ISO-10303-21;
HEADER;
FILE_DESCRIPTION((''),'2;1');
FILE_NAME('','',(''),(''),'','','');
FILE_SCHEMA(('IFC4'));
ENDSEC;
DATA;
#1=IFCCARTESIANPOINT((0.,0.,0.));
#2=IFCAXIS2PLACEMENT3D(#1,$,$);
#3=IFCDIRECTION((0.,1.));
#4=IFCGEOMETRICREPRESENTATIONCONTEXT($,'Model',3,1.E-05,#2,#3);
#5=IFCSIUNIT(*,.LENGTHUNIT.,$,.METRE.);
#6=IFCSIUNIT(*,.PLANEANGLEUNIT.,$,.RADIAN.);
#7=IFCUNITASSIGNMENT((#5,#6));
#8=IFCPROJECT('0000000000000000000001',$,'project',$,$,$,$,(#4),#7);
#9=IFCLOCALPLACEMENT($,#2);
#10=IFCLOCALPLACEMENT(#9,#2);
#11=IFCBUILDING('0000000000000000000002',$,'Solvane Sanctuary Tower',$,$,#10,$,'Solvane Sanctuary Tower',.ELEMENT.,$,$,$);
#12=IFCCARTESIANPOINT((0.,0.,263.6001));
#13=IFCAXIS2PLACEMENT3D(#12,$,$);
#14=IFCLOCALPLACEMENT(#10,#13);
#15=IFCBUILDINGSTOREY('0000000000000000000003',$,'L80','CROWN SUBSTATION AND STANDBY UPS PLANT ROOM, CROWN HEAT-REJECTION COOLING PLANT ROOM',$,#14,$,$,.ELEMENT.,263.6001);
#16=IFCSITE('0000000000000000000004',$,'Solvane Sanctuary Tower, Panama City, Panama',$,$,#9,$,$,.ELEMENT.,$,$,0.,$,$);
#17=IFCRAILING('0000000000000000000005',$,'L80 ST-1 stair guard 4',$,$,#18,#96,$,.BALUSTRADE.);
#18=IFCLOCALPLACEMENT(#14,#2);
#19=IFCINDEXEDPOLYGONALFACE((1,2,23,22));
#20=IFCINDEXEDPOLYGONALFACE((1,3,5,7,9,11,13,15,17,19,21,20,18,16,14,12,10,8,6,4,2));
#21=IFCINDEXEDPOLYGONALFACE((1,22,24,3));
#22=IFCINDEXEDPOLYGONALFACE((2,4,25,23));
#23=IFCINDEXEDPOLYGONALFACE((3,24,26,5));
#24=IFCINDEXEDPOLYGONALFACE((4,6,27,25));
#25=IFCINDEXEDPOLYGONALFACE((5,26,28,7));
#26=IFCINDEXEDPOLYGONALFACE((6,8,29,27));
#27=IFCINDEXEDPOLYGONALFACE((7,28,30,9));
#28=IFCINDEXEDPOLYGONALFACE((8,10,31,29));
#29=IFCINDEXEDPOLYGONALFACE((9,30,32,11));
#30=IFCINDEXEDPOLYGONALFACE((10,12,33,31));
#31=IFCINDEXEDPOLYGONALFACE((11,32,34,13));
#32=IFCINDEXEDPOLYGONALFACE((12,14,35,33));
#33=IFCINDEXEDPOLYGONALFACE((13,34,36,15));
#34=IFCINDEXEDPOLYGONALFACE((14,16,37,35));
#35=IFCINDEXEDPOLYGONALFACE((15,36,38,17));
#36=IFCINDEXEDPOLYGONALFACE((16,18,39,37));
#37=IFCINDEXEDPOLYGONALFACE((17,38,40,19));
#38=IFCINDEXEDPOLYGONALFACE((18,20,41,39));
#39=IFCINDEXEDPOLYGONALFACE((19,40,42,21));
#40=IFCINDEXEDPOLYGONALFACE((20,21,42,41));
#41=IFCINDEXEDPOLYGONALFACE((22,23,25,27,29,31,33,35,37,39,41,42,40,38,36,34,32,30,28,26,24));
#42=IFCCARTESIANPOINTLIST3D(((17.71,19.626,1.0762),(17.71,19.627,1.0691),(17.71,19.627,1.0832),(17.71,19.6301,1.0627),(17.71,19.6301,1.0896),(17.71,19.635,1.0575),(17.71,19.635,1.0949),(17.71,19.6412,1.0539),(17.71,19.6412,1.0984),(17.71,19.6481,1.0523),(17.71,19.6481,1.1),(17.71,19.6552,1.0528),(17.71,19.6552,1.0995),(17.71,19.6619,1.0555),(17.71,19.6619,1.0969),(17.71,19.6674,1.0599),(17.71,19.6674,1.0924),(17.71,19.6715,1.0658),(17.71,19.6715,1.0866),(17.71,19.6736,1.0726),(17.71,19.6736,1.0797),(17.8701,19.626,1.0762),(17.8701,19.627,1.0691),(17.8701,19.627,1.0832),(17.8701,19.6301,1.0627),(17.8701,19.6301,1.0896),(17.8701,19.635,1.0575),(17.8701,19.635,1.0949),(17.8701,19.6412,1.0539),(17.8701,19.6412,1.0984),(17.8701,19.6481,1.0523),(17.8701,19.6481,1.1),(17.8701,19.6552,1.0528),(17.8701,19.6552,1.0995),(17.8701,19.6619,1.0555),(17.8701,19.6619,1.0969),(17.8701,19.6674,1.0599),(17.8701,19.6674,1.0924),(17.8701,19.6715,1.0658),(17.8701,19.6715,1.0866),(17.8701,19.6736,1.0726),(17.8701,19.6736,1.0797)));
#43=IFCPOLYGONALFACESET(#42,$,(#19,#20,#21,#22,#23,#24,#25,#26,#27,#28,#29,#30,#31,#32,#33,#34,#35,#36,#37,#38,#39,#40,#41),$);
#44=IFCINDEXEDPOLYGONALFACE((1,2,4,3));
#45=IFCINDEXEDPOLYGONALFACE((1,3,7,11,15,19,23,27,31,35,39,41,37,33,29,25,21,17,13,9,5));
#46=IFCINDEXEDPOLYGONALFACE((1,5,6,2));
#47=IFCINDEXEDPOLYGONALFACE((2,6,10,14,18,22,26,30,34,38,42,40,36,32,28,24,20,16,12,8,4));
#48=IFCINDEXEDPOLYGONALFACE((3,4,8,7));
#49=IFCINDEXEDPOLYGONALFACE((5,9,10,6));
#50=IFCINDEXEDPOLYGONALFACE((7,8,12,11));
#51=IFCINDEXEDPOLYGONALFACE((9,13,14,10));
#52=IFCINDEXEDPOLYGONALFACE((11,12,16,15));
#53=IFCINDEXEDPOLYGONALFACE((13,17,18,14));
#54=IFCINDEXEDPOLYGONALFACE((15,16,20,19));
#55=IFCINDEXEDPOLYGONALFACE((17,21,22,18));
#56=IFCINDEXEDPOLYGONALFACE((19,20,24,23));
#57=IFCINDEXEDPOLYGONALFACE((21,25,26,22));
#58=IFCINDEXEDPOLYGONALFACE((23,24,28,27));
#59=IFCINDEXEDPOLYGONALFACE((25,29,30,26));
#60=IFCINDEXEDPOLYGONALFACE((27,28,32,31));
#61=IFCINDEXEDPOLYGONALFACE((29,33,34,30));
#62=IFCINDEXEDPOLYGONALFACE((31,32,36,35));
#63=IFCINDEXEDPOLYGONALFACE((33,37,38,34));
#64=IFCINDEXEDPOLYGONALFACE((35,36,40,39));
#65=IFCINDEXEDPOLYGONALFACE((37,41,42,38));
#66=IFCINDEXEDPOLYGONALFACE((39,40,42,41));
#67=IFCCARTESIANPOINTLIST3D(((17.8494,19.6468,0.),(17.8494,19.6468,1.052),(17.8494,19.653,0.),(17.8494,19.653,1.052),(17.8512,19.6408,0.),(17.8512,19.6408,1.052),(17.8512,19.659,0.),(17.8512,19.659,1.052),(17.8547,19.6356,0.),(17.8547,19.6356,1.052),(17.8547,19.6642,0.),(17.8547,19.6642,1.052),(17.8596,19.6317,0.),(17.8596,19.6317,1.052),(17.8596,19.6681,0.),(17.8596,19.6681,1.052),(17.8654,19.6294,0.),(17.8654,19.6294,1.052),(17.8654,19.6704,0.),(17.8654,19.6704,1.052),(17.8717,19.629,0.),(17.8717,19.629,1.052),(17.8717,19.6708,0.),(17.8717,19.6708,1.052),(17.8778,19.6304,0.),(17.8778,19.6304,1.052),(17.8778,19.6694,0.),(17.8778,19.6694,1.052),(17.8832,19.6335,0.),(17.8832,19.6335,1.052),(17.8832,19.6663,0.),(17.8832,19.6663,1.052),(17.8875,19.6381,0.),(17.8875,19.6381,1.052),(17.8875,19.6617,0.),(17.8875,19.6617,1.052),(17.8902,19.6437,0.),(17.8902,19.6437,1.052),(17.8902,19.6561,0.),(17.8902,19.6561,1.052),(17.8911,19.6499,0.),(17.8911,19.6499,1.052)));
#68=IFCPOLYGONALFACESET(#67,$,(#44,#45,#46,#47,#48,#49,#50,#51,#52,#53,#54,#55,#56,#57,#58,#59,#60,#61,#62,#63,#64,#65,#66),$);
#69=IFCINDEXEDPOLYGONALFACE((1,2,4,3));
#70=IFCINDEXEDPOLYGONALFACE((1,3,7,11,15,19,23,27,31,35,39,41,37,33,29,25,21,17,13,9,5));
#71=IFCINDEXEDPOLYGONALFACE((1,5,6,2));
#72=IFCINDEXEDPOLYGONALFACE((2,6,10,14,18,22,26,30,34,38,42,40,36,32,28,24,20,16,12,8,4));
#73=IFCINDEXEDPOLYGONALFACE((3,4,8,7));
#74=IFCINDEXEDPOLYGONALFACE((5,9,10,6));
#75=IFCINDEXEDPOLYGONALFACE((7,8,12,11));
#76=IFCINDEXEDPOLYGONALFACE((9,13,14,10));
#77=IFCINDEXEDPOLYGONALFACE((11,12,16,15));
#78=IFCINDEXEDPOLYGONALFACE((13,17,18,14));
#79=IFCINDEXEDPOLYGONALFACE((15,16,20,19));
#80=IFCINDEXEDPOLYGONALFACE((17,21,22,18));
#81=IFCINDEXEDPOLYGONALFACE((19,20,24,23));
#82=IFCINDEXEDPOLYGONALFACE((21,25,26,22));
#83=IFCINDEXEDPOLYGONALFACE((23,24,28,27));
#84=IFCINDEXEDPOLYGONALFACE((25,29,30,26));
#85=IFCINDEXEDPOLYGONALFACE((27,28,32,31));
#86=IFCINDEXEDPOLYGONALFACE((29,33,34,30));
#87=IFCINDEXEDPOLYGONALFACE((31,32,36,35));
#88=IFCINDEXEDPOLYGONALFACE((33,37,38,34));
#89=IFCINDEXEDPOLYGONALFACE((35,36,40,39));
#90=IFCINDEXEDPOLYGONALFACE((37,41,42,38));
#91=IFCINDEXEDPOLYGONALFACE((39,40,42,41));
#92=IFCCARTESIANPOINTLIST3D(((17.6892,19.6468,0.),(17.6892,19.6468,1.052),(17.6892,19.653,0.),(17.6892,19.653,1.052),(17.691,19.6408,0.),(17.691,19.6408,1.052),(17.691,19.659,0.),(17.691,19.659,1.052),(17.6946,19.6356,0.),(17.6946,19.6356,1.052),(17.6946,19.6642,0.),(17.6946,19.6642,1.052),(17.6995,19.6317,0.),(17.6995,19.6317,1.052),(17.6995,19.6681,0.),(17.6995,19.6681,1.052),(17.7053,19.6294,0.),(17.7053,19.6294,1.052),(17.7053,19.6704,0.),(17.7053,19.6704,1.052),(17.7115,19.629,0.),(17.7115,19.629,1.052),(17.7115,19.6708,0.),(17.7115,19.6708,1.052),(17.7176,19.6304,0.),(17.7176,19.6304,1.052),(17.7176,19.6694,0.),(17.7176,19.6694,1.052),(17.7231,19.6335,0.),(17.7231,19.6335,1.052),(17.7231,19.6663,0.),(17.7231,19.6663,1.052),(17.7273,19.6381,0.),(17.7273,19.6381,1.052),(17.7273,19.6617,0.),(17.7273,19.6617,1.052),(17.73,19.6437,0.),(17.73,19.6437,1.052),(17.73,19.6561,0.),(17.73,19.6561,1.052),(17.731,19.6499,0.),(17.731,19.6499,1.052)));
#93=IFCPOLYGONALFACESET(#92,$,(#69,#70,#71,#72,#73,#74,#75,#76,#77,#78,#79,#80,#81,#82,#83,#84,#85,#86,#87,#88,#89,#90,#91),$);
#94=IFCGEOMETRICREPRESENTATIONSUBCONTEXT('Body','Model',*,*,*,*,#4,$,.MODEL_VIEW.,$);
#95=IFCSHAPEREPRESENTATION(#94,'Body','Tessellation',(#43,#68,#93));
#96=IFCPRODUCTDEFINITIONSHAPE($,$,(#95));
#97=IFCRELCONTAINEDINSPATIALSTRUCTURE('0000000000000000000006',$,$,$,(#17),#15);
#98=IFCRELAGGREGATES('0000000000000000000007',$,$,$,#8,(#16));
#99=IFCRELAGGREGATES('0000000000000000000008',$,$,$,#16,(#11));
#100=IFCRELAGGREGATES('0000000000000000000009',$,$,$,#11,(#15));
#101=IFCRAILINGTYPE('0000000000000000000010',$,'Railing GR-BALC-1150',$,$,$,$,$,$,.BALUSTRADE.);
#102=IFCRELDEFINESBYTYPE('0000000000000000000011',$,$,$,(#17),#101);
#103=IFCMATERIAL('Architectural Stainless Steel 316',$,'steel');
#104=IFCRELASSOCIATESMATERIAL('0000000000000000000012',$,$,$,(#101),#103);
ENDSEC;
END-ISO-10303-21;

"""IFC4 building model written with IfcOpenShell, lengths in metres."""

from ifc_helpers import new_model, si_unit, direction, frame, origin, origin_2d, place, context, subcontext, project, spatial, circle, extrude, material, type_object, element, save


model = new_model("IFC4")

# Units and contexts
model_context = context("Model", 3, precision=1e-05, world=origin(), true_north=direction((0.0, 1.0)))
body_context = subcontext(model_context, "Body", "Model", "MODEL_VIEW")
ifc_project = project(units=[si_unit("LENGTHUNIT", "METRE"), si_unit("PLANEANGLEUNIT", "RADIAN")], contexts=[model_context])

# Site, building, storey
site_placement = place(None, origin())
site = spatial("IfcSite", under=ifc_project, at=site_placement, Name="Solvane Sanctuary Tower, Panama City, Panama", CompositionType="ELEMENT", RefElevation=0.0)
building_placement = place(site_placement, origin())
building = spatial("IfcBuilding", under=site, at=building_placement, Name="Solvane Sanctuary Tower", LongName="Solvane Sanctuary Tower", CompositionType="ELEMENT")
storey_placement = place(building_placement, frame((0.0, 0.0, 263.6001)))
storey = spatial("IfcBuildingStorey", under=building, at=storey_placement, Name="L80", Description="CROWN SUBSTATION AND STANDBY UPS PLANT ROOM, CROWN HEAT-REJECTION COOLING PLANT ROOM", CompositionType="ELEMENT", Elevation=263.6001)

# Shared definitions
ifc_material_1 = material(Name="Architectural Stainless Steel 316", Category="steel")

# Railing
railing_type_1 = type_object("IfcRailingType", Name="Railing GR-BALC-1150", PredefinedType="BALUSTRADE", material=ifc_material_1)
railing_1_placement = place(storey_placement, frame((17.8701, 19.6499, 0.0)))
element("IfcRailing", 1, at=railing_1_placement, inside=storey, type_object=railing_type_1, Name="L80 ST-1 stair guard 4", PredefinedType="BALUSTRADE", context=body_context, shape_type="SweptSolid", body=[
    extrude(circle(Radius=0.0239, at=origin_2d()), frame((0.0, 0.0, 1.0762), z_axis=(-1.0, 0.0, 0.0), x_axis=(0.0, -1.0, 0.0)), (0.0, 0.0, 1.0), 0.1602),
    extrude(circle(Radius=0.021, at=origin_2d()), origin(), (0.0, 0.0, 1.0), 1.052),
    extrude(circle(Radius=0.021, at=origin_2d()), frame((-0.1602, 0.0, 0.0)), (0.0, 0.0, 1.0), 1.052),
])

save(model, "model.ifc")
